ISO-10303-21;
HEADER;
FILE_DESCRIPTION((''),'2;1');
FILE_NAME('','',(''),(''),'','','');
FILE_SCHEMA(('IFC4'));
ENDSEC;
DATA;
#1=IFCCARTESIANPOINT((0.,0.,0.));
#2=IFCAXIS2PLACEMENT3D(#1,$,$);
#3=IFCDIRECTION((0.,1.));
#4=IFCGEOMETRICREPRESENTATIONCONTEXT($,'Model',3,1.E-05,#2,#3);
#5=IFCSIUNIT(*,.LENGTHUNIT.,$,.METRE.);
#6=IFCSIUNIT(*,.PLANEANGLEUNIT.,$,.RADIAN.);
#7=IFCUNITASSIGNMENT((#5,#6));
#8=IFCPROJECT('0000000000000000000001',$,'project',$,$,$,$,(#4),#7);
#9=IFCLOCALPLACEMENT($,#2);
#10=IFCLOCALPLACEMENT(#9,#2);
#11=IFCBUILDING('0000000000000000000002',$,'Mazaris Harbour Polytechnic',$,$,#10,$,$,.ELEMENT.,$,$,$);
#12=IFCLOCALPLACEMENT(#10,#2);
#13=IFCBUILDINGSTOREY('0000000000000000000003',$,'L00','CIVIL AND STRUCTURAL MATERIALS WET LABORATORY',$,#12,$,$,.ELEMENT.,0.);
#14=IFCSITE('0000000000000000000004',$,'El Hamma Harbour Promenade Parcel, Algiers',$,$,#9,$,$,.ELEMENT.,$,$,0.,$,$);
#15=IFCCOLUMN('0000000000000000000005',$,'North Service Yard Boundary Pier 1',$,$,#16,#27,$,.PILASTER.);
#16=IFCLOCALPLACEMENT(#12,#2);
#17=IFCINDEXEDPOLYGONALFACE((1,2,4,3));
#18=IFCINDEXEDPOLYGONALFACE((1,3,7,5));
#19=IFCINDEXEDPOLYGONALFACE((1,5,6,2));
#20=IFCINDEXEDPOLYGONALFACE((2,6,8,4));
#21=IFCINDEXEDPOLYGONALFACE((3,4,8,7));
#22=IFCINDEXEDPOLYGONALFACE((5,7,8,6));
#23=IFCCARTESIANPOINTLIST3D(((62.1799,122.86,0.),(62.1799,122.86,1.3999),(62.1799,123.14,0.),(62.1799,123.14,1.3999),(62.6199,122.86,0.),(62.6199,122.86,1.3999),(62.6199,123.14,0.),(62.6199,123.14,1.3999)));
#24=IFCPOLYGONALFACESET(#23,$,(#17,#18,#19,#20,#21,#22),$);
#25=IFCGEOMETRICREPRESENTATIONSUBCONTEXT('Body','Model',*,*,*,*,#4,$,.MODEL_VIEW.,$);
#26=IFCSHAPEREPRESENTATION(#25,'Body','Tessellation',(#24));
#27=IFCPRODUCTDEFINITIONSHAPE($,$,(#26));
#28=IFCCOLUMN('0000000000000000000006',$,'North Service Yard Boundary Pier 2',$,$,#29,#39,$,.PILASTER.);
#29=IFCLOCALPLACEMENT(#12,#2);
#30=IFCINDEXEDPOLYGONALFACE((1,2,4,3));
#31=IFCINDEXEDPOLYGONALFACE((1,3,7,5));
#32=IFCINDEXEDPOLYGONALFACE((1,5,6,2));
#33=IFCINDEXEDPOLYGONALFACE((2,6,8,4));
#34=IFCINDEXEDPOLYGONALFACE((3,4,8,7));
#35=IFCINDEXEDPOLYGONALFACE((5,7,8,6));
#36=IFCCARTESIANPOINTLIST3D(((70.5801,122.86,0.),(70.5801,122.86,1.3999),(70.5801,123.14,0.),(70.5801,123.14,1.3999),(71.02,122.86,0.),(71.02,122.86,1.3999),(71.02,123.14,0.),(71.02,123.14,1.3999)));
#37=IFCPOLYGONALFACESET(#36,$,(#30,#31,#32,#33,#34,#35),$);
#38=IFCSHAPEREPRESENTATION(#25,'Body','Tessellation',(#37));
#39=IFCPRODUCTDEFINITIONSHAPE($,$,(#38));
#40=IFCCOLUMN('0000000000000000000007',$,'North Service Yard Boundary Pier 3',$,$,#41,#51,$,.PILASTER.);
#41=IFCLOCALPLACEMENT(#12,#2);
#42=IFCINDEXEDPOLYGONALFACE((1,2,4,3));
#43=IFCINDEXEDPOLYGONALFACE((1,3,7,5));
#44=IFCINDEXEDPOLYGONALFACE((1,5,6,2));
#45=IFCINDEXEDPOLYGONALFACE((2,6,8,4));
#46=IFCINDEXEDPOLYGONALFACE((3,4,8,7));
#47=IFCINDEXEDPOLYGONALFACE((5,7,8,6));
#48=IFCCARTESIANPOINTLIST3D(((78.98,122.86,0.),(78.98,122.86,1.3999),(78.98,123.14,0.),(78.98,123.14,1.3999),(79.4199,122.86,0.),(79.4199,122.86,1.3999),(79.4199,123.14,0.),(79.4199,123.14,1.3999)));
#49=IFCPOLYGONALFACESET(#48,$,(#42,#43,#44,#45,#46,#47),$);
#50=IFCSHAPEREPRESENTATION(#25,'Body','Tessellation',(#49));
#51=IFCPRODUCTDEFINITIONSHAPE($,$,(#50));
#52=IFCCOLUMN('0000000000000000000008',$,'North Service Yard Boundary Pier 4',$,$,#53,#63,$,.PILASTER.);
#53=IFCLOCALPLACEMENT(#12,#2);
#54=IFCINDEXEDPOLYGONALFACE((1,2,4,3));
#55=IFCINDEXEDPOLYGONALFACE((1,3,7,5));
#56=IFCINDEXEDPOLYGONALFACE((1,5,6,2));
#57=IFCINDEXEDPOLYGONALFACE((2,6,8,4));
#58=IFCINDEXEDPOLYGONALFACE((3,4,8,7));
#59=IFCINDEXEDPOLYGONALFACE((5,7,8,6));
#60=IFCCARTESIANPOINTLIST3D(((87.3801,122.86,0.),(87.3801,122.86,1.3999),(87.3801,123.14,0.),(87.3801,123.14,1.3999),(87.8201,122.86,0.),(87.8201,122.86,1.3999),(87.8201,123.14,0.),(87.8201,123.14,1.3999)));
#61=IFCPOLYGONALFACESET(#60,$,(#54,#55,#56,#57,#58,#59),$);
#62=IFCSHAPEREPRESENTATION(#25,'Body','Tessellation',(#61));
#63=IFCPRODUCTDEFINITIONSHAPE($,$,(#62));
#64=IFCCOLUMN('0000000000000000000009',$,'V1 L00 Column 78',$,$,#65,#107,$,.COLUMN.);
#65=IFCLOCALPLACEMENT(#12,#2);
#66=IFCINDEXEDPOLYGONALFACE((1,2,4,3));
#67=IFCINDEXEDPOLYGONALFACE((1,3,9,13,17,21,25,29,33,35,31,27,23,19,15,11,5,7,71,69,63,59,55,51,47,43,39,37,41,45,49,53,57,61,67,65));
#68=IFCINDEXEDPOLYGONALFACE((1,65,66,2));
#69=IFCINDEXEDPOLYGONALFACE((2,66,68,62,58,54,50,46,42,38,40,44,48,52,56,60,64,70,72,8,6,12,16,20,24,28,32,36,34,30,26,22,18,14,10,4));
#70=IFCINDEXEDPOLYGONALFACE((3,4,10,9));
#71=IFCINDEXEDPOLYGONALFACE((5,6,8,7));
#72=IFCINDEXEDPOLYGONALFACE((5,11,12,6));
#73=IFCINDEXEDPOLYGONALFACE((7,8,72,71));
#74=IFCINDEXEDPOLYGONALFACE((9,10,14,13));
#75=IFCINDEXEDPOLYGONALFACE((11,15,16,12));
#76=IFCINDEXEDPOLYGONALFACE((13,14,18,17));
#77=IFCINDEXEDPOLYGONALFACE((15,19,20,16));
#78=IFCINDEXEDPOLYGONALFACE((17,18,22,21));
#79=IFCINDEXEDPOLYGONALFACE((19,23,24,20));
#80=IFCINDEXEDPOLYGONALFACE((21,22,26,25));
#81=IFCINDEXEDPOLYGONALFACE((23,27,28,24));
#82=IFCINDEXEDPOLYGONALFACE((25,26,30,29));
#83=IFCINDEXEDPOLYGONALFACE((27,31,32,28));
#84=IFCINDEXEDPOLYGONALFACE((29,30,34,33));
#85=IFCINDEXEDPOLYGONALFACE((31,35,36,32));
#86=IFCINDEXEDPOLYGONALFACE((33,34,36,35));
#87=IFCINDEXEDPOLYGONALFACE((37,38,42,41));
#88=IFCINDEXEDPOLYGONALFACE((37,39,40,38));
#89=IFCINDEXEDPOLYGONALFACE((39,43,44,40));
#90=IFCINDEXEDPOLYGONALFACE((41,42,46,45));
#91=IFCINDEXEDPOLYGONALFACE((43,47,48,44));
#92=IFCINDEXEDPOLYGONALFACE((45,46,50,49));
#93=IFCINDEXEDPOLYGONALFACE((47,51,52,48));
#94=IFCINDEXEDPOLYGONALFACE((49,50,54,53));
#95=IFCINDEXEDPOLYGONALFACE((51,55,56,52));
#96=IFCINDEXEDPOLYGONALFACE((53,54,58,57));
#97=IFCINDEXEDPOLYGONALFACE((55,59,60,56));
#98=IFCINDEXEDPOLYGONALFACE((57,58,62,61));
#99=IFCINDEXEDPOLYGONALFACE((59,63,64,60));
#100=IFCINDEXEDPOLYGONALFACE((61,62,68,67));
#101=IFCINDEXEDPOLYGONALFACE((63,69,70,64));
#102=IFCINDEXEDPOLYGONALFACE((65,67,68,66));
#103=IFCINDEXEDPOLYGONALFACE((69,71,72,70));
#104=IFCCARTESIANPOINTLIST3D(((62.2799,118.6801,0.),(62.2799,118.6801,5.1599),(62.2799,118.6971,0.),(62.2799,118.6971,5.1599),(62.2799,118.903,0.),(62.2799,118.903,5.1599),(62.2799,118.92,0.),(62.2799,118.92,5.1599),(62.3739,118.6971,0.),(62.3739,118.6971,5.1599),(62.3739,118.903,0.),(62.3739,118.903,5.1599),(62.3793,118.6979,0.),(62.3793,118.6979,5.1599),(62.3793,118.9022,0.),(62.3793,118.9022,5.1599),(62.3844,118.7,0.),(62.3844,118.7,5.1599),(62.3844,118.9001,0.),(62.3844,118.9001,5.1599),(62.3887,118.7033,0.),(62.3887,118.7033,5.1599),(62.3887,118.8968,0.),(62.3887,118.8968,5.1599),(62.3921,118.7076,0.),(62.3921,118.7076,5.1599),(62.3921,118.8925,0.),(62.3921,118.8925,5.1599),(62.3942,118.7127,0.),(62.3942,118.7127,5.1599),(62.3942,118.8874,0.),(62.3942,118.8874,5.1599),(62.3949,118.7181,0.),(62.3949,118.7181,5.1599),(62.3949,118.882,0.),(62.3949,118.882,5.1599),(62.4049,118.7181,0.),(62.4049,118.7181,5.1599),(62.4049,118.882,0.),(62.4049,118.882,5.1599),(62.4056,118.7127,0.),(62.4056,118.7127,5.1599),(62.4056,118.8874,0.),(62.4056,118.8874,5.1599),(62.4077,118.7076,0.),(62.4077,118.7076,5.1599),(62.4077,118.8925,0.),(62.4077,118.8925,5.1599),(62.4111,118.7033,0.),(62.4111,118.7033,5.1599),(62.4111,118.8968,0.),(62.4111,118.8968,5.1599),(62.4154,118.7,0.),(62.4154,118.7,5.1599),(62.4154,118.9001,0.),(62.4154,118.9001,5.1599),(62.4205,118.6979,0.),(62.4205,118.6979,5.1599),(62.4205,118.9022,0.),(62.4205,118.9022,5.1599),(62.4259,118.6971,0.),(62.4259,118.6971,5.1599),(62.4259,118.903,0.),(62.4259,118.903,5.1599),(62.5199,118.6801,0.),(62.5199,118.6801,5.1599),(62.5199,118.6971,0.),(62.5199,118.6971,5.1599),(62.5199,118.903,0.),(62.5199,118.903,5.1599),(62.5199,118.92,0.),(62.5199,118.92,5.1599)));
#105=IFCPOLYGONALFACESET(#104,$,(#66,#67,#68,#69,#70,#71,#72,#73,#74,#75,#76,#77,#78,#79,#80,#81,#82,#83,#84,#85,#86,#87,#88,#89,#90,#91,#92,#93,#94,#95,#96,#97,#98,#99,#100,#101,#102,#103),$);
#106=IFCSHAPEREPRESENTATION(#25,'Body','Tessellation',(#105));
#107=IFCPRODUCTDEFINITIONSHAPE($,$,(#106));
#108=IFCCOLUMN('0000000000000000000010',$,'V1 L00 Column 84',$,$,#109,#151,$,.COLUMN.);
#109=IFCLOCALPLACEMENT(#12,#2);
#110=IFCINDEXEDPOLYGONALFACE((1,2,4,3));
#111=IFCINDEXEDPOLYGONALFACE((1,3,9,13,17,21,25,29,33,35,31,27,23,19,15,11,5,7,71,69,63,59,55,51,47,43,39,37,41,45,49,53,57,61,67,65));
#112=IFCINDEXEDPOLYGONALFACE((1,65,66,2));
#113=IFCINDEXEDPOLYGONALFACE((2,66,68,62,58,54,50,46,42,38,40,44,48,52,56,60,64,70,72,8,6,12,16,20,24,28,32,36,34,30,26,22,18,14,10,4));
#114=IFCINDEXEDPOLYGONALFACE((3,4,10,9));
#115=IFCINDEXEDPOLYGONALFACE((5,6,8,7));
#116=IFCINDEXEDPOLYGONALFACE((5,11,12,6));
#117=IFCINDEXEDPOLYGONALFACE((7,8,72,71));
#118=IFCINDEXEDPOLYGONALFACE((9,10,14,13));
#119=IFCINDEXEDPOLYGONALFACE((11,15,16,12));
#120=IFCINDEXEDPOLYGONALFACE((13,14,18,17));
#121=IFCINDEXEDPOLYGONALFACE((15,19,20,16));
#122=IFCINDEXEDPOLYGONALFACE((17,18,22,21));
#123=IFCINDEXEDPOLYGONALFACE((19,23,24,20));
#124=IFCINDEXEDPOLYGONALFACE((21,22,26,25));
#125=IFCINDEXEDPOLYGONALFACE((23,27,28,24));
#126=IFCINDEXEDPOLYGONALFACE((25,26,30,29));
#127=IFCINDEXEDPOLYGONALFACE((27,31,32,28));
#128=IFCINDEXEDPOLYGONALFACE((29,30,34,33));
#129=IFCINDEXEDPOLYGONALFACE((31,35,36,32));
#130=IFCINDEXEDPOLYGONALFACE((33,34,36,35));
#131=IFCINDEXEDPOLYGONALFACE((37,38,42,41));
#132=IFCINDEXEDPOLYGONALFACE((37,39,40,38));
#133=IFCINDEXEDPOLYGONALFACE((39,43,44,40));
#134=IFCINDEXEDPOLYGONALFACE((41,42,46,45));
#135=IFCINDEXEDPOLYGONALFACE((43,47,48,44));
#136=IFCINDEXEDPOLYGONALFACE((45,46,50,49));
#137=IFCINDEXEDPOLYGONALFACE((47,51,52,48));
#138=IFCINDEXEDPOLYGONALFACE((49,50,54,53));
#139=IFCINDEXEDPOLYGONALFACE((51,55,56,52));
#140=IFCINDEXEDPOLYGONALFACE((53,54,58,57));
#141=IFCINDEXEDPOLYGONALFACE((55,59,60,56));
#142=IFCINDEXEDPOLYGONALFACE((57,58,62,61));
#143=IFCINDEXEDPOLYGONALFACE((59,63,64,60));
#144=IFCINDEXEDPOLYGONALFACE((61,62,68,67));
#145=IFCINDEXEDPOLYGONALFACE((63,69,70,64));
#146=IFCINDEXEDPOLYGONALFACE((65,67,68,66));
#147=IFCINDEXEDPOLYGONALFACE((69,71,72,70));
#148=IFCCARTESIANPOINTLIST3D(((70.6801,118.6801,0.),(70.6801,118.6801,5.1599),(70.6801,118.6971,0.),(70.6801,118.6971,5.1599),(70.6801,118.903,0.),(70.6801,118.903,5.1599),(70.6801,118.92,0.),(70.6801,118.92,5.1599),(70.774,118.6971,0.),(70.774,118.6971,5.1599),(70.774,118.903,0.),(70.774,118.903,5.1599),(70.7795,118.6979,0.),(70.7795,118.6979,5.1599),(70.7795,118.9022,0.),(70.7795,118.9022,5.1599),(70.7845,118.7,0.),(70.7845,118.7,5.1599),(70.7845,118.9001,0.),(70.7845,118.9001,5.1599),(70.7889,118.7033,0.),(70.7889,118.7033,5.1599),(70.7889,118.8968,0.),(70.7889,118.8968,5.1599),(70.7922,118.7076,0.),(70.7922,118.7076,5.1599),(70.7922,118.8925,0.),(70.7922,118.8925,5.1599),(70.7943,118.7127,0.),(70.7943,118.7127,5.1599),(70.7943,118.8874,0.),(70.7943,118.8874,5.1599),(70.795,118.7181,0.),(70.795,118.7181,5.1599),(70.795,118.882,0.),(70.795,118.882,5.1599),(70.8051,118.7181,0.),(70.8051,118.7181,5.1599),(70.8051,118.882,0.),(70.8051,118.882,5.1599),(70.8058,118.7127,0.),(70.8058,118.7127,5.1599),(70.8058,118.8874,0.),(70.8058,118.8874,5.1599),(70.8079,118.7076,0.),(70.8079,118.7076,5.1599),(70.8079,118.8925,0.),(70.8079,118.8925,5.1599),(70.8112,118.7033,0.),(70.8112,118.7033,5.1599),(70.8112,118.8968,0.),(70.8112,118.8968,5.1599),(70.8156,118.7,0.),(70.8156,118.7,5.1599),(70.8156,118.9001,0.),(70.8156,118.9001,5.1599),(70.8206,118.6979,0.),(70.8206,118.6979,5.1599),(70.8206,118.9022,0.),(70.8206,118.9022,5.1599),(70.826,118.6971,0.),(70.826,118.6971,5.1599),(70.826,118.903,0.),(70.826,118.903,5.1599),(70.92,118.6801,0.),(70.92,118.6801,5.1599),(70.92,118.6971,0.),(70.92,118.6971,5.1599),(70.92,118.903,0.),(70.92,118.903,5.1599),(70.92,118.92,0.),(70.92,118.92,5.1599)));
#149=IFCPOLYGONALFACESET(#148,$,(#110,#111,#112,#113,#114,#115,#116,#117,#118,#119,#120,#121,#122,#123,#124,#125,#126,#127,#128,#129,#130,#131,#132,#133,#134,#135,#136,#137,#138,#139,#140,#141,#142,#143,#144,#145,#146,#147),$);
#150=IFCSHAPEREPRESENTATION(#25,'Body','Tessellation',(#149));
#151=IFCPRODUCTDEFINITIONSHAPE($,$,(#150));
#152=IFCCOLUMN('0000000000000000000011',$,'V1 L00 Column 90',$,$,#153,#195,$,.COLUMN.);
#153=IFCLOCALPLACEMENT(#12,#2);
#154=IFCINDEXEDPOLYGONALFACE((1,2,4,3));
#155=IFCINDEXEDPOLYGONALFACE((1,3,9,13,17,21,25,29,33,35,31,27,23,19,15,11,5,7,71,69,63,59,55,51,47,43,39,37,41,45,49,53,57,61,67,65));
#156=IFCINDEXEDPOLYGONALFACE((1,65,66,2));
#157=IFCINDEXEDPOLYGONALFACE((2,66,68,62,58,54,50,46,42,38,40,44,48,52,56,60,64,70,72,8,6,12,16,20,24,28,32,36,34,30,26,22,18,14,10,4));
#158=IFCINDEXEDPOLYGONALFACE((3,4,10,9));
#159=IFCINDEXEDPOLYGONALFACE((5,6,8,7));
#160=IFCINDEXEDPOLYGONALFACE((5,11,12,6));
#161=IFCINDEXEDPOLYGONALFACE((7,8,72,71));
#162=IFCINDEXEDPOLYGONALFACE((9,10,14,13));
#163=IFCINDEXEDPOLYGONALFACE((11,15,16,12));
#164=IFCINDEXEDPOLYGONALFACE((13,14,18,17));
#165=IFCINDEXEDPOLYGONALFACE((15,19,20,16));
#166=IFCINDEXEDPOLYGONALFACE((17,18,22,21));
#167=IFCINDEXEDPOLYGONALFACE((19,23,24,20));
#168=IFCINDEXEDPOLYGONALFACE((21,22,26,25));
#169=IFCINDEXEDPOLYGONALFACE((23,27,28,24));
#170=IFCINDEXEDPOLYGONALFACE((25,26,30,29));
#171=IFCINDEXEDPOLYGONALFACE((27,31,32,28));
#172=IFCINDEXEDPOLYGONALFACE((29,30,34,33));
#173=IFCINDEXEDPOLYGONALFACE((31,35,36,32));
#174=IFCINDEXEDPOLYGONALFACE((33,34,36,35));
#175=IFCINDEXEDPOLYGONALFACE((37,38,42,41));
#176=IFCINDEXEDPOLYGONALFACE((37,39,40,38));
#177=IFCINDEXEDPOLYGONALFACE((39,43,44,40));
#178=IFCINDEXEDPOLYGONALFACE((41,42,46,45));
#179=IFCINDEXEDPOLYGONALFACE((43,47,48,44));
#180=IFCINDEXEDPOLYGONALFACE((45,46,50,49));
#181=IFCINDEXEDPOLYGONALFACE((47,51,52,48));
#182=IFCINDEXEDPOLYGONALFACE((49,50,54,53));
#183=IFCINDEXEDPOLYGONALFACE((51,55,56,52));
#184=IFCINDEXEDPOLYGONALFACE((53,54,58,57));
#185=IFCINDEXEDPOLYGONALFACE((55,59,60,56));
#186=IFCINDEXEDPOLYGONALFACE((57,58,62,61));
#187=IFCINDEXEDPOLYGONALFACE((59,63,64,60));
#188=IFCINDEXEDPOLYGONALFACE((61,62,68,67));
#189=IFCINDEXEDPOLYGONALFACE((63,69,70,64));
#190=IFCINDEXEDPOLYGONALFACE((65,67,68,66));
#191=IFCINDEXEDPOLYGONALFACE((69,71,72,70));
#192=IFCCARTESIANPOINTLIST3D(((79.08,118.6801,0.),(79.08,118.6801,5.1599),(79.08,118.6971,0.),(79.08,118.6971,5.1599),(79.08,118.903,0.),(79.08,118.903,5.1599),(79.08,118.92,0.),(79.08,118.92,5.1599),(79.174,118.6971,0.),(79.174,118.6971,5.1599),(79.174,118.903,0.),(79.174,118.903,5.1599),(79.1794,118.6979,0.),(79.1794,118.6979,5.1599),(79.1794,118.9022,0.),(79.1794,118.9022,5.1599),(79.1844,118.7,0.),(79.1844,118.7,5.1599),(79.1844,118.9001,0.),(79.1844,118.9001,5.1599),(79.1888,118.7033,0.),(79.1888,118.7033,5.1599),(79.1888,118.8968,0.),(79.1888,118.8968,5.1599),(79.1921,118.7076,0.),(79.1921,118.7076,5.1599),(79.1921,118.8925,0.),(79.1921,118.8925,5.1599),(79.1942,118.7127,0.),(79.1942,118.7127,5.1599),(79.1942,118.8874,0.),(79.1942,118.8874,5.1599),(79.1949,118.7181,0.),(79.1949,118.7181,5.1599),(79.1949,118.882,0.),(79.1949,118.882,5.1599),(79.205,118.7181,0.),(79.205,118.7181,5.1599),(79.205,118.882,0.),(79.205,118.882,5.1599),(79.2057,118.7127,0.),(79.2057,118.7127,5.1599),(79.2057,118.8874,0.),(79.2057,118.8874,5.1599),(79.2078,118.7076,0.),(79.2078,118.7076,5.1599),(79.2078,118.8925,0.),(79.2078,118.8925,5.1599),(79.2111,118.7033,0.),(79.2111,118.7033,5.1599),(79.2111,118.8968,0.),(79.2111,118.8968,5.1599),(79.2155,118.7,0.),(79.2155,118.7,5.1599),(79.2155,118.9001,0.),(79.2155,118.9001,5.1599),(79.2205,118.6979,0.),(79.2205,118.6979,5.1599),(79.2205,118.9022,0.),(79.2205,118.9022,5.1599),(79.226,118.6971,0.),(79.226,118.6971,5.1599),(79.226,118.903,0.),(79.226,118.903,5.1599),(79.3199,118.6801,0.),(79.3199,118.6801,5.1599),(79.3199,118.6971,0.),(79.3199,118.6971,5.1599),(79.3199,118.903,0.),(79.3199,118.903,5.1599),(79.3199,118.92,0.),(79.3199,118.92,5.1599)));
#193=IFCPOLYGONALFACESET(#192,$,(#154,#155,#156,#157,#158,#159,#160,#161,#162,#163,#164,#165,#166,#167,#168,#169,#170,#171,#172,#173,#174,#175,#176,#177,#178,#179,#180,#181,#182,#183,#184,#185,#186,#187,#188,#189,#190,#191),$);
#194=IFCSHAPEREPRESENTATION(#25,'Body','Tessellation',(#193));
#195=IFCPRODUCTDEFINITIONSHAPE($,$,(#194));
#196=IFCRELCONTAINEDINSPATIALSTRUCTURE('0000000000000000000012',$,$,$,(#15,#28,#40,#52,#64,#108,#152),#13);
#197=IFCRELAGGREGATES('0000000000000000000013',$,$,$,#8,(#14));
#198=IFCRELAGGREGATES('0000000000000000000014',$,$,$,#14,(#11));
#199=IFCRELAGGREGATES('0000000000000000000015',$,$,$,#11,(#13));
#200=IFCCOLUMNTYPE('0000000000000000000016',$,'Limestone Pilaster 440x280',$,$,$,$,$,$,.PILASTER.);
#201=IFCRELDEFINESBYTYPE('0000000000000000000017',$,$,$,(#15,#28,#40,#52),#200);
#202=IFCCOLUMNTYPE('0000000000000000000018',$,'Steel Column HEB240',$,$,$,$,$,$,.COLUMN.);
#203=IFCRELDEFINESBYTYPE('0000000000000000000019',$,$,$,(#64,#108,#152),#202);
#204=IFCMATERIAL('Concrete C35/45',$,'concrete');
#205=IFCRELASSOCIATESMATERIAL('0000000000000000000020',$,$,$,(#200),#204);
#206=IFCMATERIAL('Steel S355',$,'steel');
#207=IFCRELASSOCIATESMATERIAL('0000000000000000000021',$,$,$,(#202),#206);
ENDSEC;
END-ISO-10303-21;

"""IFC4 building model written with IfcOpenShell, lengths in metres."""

from ifc_helpers import new_model, si_unit, direction, frame, origin, origin_2d, place, context, subcontext, project, spatial, rectangle, i_section, extrude, material, material_profile, profile_set, type_object, element, save


model = new_model("IFC4")

# Units and contexts
model_context = context("Model", 3, precision=1e-05, world=origin(), true_north=direction((0.0, 1.0)))
body_context = subcontext(model_context, "Body", "Model", "MODEL_VIEW")
ifc_project = project(units=[si_unit("LENGTHUNIT", "METRE"), si_unit("PLANEANGLEUNIT", "RADIAN")], contexts=[model_context])

# Site, building, storey
site_placement = place(None, origin())
site = spatial("IfcSite", under=ifc_project, at=site_placement, Name="El Hamma Harbour Promenade Parcel, Algiers", CompositionType="ELEMENT", RefElevation=0.0)
building_placement = place(site_placement, origin())
building = spatial("IfcBuilding", under=site, at=building_placement, Name="Mazaris Harbour Polytechnic", CompositionType="ELEMENT")
storey_placement = place(building_placement, origin())
storey = spatial("IfcBuildingStorey", under=building, at=storey_placement, Name="L00", Description="CIVIL AND STRUCTURAL MATERIALS WET LABORATORY", CompositionType="ELEMENT", Elevation=0.0)

# Columns
ifc_material_1 = material(Name="Concrete C35/45", Category="concrete")
ifc_material_profile_1 = material_profile(ifc_material_1, rectangle(XDim=0.4399, YDim=0.28, at=origin_2d()), Name="RECT440x280")
ifc_profile_set_1 = profile_set([ifc_material_profile_1], Name="Concrete C35/45")
column_type_1 = type_object("IfcColumnType", Name="Limestone Pilaster 440x280", PredefinedType="PILASTER", material=ifc_profile_set_1)
for number, where, z_axis, x_axis, name in (
    (1, (62.3999, 123.0, 0.0), (0.0, 0.0, 1.0), (1.0, 0.0, 0.0), "North Service Yard Boundary Pier 1"),
    (2, (70.8, 123.0, 0.0), (0.0, 0.0, 1.0), (1.0, 0.0, 0.0), "North Service Yard Boundary Pier 2"),
    (3, (79.2, 123.0, 0.0), (0.0, 0.0, 1.0), (1.0, 0.0, 0.0), "North Service Yard Boundary Pier 3"),
    (4, (87.6001, 123.0, 0.0), (0.0, 0.0, 1.0), (1.0, 0.0, 0.0), "North Service Yard Boundary Pier 4"),
):
    element("IfcColumn", number, at=place(storey_placement, frame(where, z_axis=z_axis, x_axis=x_axis)), inside=storey, type_object=column_type_1, Name=name, PredefinedType="PILASTER", context=body_context, shape_type="SweptSolid", body=[
        extrude(rectangle(XDim=0.4399, YDim=0.28, at=origin_2d()), origin(), (0.0, 0.0, 1.0), 1.3999),
    ])
ifc_material_2 = material(Name="Steel S355", Category="steel")
ifc_material_profile_2 = material_profile(ifc_material_2, i_section(OverallWidth=0.24, OverallDepth=0.24, WebThickness=0.01, FlangeThickness=0.0171, FilletRadius=0.021, at=origin_2d()), Name="HEB 240")
ifc_profile_set_2 = profile_set([ifc_material_profile_2], Name="Steel S355")
column_type_2 = type_object("IfcColumnType", Name="Steel Column HEB240", PredefinedType="COLUMN", material=ifc_profile_set_2)
for number, where, z_axis, x_axis, name in (
    (5, (62.3999, 118.8, 0.0), (0.0, 0.0, 1.0), (1.0, 0.0, 0.0), "V1 L00 Column 78"),
    (6, (70.8, 118.8, 0.0), (0.0, 0.0, 1.0), (1.0, 0.0, 0.0), "V1 L00 Column 84"),
    (7, (79.2, 118.8, 0.0), (0.0, 0.0, 1.0), (1.0, 0.0, 0.0), "V1 L00 Column 90"),
):
    element("IfcColumn", number, at=place(storey_placement, frame(where, z_axis=z_axis, x_axis=x_axis)), inside=storey, type_object=column_type_2, Name=name, PredefinedType="COLUMN", context=body_context, shape_type="SweptSolid", body=[
        extrude(i_section(OverallWidth=0.24, OverallDepth=0.24, WebThickness=0.01, FlangeThickness=0.0171, FilletRadius=0.021, at=origin_2d()), origin(), (0.0, 0.0, 1.0), 5.1599),
    ])

save(model, "model.ifc")
